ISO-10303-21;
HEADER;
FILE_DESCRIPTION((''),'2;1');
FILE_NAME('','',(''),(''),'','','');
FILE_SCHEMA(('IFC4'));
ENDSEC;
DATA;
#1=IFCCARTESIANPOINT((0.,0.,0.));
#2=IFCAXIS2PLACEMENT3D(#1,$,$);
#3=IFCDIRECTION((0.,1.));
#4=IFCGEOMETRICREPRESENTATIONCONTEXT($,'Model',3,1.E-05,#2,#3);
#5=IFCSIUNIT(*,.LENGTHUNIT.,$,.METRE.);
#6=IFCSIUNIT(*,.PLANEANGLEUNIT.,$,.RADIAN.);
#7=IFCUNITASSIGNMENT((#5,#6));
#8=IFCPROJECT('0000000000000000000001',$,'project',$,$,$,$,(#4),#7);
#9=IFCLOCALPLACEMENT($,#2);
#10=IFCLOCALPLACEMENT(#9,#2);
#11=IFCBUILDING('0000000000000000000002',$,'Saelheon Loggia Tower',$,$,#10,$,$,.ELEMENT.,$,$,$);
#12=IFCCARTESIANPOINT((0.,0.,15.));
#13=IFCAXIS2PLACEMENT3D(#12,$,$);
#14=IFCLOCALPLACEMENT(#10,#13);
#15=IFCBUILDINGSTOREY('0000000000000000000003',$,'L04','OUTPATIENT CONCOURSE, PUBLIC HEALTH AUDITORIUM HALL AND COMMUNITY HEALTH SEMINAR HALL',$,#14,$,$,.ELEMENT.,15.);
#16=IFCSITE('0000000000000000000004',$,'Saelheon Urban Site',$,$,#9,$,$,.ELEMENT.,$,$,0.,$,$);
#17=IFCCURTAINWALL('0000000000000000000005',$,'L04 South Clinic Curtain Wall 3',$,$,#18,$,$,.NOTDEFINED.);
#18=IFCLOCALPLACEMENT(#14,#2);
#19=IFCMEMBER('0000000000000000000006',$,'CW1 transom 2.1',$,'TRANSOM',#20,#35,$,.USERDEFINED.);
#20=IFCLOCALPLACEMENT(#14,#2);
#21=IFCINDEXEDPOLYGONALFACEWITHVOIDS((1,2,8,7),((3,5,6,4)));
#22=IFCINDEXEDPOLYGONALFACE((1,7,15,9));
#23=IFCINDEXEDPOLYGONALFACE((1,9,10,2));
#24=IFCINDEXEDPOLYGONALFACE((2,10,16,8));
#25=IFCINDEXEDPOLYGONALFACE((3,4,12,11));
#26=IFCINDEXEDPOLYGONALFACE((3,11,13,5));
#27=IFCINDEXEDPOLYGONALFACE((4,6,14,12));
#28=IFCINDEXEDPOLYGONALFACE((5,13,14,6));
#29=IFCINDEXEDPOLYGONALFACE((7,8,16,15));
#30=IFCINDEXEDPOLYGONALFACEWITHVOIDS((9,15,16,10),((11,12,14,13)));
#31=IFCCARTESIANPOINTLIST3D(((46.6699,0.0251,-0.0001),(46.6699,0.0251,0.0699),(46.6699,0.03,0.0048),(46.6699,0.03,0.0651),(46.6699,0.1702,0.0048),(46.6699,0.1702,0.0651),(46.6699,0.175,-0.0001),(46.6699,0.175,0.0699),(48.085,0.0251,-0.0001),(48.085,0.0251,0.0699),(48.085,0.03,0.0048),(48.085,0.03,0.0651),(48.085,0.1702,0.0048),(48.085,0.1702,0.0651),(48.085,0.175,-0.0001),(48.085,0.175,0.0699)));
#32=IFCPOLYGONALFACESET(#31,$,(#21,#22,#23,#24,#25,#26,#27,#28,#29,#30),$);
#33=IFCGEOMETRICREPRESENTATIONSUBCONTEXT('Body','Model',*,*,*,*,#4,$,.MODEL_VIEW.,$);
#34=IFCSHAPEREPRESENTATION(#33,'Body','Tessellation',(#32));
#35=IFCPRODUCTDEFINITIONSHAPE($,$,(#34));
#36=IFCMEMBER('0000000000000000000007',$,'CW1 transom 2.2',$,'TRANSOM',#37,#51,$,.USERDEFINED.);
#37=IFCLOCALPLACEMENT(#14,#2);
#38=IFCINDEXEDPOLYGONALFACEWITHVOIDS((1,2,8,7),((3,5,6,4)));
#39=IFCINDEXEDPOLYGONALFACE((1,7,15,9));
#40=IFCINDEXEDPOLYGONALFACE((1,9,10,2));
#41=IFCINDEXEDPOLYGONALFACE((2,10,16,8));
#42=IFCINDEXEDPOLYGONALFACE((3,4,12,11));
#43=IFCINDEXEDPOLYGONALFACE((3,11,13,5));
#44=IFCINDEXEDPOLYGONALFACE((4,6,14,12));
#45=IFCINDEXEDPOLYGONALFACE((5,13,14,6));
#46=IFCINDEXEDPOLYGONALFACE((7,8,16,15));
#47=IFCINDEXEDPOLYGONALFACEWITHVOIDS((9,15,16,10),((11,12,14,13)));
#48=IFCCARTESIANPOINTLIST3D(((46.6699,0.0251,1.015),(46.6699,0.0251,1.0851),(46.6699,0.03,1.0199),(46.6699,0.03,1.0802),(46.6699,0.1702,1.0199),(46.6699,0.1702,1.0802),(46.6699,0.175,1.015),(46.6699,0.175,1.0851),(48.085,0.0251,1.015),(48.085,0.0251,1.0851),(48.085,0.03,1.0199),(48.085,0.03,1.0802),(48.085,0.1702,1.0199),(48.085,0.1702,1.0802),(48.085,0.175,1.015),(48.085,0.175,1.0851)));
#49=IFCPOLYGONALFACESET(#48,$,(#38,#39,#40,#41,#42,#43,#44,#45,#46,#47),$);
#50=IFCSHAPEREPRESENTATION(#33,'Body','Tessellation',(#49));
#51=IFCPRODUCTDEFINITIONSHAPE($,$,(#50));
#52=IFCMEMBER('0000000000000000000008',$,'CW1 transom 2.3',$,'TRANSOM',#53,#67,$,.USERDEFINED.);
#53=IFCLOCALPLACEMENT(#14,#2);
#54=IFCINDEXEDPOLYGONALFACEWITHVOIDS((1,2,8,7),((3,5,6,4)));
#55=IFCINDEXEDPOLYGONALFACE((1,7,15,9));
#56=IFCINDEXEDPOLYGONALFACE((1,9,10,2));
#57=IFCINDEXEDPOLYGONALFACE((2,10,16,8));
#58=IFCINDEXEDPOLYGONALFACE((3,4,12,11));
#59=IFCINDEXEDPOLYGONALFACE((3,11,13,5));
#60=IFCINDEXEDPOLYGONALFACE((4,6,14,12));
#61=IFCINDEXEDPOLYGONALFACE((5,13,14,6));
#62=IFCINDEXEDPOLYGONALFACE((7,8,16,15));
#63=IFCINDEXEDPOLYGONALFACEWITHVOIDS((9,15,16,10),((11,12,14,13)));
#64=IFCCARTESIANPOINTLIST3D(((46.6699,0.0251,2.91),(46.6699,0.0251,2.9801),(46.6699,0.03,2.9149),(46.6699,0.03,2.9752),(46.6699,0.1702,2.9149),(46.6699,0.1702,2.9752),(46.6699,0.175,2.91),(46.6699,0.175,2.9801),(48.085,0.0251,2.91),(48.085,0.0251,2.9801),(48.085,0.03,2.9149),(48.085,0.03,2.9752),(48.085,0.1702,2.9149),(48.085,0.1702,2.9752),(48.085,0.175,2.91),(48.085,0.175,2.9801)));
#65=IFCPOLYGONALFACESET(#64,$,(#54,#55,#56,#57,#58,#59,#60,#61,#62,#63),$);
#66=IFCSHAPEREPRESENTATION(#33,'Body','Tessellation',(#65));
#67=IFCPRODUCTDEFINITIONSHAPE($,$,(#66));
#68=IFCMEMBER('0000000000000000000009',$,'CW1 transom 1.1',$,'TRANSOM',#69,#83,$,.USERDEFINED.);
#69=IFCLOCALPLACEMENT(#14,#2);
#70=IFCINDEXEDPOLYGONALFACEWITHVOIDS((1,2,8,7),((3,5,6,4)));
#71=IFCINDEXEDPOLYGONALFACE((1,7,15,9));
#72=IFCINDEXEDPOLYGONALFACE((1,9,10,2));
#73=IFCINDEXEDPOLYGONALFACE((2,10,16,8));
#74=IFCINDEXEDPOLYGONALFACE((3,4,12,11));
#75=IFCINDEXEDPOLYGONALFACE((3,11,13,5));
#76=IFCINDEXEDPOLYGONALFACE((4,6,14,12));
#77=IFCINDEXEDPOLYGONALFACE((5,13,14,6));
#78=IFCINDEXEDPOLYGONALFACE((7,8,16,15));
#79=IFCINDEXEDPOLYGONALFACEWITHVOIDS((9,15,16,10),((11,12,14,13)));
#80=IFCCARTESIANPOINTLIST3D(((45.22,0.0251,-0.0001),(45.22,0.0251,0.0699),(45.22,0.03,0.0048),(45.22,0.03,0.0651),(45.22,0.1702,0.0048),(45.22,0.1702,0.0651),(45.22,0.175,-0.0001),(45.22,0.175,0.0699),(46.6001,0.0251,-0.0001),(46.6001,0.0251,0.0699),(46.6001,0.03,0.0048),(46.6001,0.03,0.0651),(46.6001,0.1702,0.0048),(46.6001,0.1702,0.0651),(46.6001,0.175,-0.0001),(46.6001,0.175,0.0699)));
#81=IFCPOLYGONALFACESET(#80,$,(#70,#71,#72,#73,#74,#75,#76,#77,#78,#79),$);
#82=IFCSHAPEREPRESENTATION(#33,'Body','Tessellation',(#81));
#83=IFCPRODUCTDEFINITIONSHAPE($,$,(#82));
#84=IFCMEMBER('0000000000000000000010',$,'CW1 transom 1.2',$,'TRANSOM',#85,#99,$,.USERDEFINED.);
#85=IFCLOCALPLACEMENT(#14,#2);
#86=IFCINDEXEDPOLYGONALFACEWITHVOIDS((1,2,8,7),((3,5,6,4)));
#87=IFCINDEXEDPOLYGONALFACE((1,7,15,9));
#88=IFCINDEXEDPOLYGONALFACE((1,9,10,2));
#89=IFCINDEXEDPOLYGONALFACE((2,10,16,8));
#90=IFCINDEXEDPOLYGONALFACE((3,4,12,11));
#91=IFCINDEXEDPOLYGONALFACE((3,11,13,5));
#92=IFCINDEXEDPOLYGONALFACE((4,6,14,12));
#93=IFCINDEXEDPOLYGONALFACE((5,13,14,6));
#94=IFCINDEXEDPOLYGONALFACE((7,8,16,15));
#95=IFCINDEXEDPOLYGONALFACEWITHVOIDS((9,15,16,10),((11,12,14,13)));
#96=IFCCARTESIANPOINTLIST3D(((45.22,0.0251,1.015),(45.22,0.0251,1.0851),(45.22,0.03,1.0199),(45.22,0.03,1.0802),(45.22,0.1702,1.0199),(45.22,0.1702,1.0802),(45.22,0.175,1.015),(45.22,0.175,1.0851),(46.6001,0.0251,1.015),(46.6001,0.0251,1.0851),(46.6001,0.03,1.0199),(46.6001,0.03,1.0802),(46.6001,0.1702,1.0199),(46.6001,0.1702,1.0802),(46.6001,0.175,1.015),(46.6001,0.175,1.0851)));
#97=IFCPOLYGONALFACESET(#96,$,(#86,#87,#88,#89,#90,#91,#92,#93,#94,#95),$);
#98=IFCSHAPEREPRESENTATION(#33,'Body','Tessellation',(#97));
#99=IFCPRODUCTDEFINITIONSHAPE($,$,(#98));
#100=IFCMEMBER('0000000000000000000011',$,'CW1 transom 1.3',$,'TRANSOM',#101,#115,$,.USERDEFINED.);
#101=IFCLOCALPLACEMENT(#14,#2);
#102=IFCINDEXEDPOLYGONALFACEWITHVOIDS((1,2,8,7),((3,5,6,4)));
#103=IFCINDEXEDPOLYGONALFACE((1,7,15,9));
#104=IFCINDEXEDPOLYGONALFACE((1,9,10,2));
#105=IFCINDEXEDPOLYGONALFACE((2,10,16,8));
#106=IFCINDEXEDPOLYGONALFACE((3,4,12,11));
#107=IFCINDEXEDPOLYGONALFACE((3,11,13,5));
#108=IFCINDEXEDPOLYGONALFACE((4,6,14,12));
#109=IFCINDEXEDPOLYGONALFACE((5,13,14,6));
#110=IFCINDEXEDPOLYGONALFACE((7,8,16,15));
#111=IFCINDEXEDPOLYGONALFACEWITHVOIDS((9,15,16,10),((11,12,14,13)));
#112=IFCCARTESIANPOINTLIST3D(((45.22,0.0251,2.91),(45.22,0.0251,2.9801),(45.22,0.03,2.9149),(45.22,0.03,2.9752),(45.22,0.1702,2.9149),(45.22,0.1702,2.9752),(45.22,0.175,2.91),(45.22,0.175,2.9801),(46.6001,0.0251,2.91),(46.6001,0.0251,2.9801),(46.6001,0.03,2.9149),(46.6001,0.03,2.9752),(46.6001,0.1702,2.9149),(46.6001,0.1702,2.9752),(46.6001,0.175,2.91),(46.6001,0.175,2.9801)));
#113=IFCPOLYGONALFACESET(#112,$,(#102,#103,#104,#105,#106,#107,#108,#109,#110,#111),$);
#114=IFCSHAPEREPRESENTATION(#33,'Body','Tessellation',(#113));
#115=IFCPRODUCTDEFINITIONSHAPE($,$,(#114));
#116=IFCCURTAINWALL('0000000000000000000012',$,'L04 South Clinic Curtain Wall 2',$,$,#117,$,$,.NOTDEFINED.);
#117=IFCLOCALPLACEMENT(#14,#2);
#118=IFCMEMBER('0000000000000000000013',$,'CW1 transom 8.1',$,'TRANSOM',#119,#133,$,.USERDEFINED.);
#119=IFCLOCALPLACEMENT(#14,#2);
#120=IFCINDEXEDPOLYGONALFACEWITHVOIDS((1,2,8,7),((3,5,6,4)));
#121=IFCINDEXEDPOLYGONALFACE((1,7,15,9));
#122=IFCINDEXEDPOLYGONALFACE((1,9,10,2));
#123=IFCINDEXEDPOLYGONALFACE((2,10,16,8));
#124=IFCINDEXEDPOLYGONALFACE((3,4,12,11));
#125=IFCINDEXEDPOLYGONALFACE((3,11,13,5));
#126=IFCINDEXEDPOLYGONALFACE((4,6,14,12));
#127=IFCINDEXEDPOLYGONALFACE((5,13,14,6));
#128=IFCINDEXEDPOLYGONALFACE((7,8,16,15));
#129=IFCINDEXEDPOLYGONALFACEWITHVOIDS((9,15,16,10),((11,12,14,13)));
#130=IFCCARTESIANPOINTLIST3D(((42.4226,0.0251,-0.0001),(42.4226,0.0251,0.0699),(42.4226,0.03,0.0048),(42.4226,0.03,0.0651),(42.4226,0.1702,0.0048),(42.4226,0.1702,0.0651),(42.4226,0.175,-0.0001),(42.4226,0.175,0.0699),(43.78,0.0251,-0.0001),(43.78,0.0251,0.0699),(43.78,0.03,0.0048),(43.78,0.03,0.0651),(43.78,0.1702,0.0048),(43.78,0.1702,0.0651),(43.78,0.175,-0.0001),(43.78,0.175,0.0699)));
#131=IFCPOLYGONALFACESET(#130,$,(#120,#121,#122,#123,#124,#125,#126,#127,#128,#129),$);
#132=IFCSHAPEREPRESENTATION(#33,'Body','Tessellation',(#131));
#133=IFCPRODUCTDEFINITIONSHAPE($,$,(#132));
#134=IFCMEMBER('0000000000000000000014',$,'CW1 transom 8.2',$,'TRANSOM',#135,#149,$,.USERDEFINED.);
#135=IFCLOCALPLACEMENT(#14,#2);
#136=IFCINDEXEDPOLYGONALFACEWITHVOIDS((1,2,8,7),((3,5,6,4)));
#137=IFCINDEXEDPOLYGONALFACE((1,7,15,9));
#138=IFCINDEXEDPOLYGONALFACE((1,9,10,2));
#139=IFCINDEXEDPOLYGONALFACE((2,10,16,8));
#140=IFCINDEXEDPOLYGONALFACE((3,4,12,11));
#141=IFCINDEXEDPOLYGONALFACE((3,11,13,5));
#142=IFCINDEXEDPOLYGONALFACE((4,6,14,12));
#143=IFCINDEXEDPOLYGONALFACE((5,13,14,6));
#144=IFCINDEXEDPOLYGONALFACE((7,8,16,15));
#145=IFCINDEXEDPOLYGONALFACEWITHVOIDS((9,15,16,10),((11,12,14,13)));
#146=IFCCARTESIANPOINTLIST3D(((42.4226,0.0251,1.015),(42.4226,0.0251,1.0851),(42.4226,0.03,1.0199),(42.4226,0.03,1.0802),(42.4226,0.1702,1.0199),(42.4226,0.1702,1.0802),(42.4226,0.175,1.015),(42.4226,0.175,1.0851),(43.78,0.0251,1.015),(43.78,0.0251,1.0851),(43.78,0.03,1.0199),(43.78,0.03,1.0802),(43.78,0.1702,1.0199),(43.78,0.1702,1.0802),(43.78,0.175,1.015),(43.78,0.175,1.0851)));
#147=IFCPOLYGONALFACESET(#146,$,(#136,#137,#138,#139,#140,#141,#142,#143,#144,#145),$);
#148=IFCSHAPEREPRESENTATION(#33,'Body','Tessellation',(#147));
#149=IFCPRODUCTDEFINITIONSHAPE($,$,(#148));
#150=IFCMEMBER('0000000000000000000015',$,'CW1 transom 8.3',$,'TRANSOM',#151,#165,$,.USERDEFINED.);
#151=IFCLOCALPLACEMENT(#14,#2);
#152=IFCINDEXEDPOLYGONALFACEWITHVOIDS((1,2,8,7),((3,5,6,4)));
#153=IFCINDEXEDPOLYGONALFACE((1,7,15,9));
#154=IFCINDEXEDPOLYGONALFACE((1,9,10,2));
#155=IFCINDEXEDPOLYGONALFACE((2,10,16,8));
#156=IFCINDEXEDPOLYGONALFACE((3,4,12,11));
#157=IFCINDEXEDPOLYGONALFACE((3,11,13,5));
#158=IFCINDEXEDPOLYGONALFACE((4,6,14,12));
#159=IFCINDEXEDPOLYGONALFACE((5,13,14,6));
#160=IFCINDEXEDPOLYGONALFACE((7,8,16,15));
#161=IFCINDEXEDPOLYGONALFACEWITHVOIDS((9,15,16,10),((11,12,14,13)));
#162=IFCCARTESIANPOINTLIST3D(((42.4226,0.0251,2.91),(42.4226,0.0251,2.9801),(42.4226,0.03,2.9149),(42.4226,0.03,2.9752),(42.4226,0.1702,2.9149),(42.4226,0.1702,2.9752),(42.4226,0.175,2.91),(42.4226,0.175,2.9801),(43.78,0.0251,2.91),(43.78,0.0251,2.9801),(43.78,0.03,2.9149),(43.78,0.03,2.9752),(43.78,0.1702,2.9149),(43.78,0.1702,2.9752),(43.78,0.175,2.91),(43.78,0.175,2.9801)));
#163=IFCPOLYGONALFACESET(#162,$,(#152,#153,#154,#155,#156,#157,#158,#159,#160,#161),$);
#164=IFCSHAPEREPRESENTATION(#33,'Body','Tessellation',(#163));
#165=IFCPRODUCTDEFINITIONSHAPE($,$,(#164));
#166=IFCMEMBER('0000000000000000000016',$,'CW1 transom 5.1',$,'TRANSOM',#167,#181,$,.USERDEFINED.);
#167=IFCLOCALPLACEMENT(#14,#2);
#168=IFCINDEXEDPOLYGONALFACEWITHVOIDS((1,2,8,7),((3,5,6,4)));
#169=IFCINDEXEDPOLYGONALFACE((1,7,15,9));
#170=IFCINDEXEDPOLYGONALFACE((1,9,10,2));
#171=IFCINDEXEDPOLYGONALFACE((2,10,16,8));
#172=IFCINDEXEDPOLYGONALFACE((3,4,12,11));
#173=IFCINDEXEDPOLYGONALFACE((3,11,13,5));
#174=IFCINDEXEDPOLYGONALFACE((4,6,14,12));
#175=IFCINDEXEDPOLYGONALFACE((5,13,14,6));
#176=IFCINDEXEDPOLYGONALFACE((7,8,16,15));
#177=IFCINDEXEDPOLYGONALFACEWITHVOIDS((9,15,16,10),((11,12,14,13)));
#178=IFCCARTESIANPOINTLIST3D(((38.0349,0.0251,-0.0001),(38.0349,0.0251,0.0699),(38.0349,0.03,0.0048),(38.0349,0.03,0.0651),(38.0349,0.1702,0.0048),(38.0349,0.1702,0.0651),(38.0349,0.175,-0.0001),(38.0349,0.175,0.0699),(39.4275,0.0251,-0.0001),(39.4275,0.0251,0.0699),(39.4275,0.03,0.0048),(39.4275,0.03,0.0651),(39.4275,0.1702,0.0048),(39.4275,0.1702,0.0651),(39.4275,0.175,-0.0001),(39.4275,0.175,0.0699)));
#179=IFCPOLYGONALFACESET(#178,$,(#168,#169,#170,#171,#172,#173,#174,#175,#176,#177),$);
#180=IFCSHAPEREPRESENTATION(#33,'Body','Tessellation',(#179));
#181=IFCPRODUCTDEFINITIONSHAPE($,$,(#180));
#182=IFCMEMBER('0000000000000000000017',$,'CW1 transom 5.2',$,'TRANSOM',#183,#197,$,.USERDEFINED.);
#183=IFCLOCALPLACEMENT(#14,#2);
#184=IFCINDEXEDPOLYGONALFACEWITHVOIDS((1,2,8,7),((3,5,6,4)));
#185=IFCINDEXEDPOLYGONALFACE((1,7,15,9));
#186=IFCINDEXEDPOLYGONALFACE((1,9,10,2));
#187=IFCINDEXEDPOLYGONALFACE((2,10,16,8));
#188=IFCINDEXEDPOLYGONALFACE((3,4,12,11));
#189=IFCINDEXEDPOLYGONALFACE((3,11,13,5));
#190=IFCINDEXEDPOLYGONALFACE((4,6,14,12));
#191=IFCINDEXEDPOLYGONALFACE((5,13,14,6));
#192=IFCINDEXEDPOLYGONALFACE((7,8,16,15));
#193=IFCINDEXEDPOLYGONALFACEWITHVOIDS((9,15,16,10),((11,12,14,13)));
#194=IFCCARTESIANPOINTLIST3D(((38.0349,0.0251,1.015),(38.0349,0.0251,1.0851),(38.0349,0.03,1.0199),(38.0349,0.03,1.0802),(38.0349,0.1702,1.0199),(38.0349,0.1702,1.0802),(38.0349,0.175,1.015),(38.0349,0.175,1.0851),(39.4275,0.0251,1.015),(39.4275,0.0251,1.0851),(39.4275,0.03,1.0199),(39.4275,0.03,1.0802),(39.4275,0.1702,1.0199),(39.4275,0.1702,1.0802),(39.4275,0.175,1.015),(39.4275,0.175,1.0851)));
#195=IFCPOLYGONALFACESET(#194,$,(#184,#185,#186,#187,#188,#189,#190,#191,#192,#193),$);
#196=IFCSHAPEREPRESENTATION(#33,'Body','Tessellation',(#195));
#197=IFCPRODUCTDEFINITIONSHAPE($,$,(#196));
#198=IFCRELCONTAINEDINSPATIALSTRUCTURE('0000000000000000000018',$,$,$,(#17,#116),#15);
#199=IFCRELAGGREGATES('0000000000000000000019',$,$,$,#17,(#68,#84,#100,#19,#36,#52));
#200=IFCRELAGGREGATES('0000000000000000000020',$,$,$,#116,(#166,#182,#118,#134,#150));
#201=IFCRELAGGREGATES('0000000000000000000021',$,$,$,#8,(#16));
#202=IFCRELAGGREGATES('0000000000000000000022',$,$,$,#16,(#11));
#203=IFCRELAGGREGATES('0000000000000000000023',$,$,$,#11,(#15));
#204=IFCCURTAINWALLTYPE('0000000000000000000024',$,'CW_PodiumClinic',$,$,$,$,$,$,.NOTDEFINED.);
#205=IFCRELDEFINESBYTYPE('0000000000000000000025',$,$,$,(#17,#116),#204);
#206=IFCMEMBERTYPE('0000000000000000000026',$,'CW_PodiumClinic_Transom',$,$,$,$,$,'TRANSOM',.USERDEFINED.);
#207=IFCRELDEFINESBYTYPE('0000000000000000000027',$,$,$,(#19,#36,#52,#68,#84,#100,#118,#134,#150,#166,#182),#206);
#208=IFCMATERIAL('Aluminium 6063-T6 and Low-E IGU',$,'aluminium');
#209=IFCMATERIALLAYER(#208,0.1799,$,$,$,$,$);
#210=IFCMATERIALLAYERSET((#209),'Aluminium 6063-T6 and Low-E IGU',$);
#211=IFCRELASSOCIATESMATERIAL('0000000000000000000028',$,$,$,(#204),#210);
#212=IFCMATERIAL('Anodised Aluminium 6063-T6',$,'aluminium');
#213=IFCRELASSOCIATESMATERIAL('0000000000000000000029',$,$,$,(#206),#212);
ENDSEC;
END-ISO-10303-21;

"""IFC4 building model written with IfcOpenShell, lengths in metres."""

from ifc_helpers import new_model, si_unit, direction, frame, origin, origin_2d, place, context, subcontext, project, spatial, hollow_rectangle, extrude, source, transform, mapped, material, layer, layer_set, material_profile, profile_set, type_object, element, aggregate, save


model = new_model("IFC4")

# Units and contexts
model_context = context("Model", 3, precision=1e-05, world=origin(), true_north=direction((0.0, 1.0)))
body_context = subcontext(model_context, "Body", "Model", "MODEL_VIEW")
ifc_project = project(units=[si_unit("LENGTHUNIT", "METRE"), si_unit("PLANEANGLEUNIT", "RADIAN")], contexts=[model_context])

# Site, building, storey
site_placement = place(None, origin())
site = spatial("IfcSite", under=ifc_project, at=site_placement, Name="Saelheon Urban Site", CompositionType="ELEMENT", RefElevation=0.0)
building_placement = place(site_placement, origin())
building = spatial("IfcBuilding", under=site, at=building_placement, Name="Saelheon Loggia Tower", CompositionType="ELEMENT")
storey_placement = place(building_placement, frame((0.0, 0.0, 15.0)))
storey = spatial("IfcBuildingStorey", under=building, at=storey_placement, Name="L04", Description="OUTPATIENT CONCOURSE, PUBLIC HEALTH AUDITORIUM HALL AND COMMUNITY HEALTH SEMINAR HALL", CompositionType="ELEMENT", Elevation=15.0)

# Curtain walls, members
ifc_material_1 = material(Name="Aluminium 6063-T6 and Low-E IGU", Category="aluminium")
ifc_layer_1 = layer(ifc_material_1, 0.1799)
ifc_layer_set_1 = layer_set([ifc_layer_1], Name="Aluminium 6063-T6 and Low-E IGU")
curtain_wall_type = type_object("IfcCurtainWallType", Name="CW_PodiumClinic", PredefinedType="NOTDEFINED", material=ifc_layer_set_1)
curtain_wall_1_placement = place(storey_placement, origin())
curtain_wall_1 = element("IfcCurtainWall", 1, at=curtain_wall_1_placement, inside=storey, type_object=curtain_wall_type, Name="L04 South Clinic Curtain Wall 3", PredefinedType="NOTDEFINED")
ifc_material_2 = material(Name="Anodised Aluminium 6063-T6", Category="aluminium")
ifc_material_profile_1 = material_profile(ifc_material_2, hollow_rectangle(XDim=0.0701, YDim=0.1499, WallThickness=0.0049, at=origin_2d()), Name="RHS-150x70x5")
ifc_profile_set_1 = profile_set([ifc_material_profile_1], Name="Anodised Aluminium 6063-T6")
member_type_1 = type_object("IfcMemberType", Name="CW_PodiumClinic_Transom", ElementType="TRANSOM", PredefinedType="USERDEFINED", material=ifc_profile_set_1)
shared_shape_1 = source(origin(), body_context, "Body", "SweptSolid", [
    extrude(hollow_rectangle(XDim=0.0701, YDim=0.1499, WallThickness=0.0049, at=origin_2d()), origin(), (0.0, 0.0, 1.0), 1.415),
])
member_1_placement = place(storey_placement, frame((46.6699, 0.1001, 0.0349), z_axis=(1.0, 0.0, 0.0), x_axis=(0.0, 0.0, 1.0)))
member_1 = element("IfcMember", 2, at=member_1_placement, type_object=member_type_1, Name="CW1 transom 2.1", ObjectType="TRANSOM", PredefinedType="USERDEFINED", context=body_context, shape_type="MappedRepresentation", body=[
    mapped(shared_shape_1, transform((0.0, 0.0, 0.0), scale=1.0)),
])
member_2_placement = place(storey_placement, frame((46.6699, 0.1001, 1.05), z_axis=(1.0, 0.0, 0.0), x_axis=(0.0, 0.0, 1.0)))
member_2 = element("IfcMember", 3, at=member_2_placement, type_object=member_type_1, Name="CW1 transom 2.2", ObjectType="TRANSOM", PredefinedType="USERDEFINED", context=body_context, shape_type="MappedRepresentation", body=[
    mapped(shared_shape_1, transform((0.0, 0.0, 0.0), scale=1.0)),
])
member_3_placement = place(storey_placement, frame((46.6699, 0.1001, 2.9451), z_axis=(1.0, 0.0, 0.0), x_axis=(0.0, 0.0, 1.0)))
member_3 = element("IfcMember", 4, at=member_3_placement, type_object=member_type_1, Name="CW1 transom 2.3", ObjectType="TRANSOM", PredefinedType="USERDEFINED", context=body_context, shape_type="MappedRepresentation", body=[
    mapped(shared_shape_1, transform((0.0, 0.0, 0.0), scale=1.0)),
])
shared_shape_2 = source(origin(), body_context, "Body", "SweptSolid", [
    extrude(hollow_rectangle(XDim=0.0701, YDim=0.1499, WallThickness=0.0049, at=origin_2d()), origin(), (0.0, 0.0, 1.0), 1.3801),
])
member_4_placement = place(storey_placement, frame((45.22, 0.1001, 0.0349), z_axis=(1.0, 0.0, 0.0), x_axis=(0.0, 0.0, 1.0)))
member_4 = element("IfcMember", 5, at=member_4_placement, type_object=member_type_1, Name="CW1 transom 1.1", ObjectType="TRANSOM", PredefinedType="USERDEFINED", context=body_context, shape_type="MappedRepresentation", body=[
    mapped(shared_shape_2, transform((0.0, 0.0, 0.0), scale=1.0)),
])
member_5_placement = place(storey_placement, frame((45.22, 0.1001, 1.05), z_axis=(1.0, 0.0, 0.0), x_axis=(0.0, 0.0, 1.0)))
member_5 = element("IfcMember", 6, at=member_5_placement, type_object=member_type_1, Name="CW1 transom 1.2", ObjectType="TRANSOM", PredefinedType="USERDEFINED", context=body_context, shape_type="MappedRepresentation", body=[
    mapped(shared_shape_2, transform((0.0, 0.0, 0.0), scale=1.0)),
])
member_6_placement = place(storey_placement, frame((45.22, 0.1001, 2.9451), z_axis=(1.0, 0.0, 0.0), x_axis=(0.0, 0.0, 1.0)))
member_6 = element("IfcMember", 7, at=member_6_placement, type_object=member_type_1, Name="CW1 transom 1.3", ObjectType="TRANSOM", PredefinedType="USERDEFINED", context=body_context, shape_type="MappedRepresentation", body=[
    mapped(shared_shape_2, transform((0.0, 0.0, 0.0), scale=1.0)),
])
curtain_wall_2_placement = place(storey_placement, origin())
curtain_wall_2 = element("IfcCurtainWall", 8, at=curtain_wall_2_placement, inside=storey, type_object=curtain_wall_type, Name="L04 South Clinic Curtain Wall 2", PredefinedType="NOTDEFINED")
shared_shape_3 = source(origin(), body_context, "Body", "SweptSolid", [
    extrude(hollow_rectangle(XDim=0.0701, YDim=0.1499, WallThickness=0.0049, at=origin_2d()), origin(), (0.0, 0.0, 1.0), 1.3574),
])
member_7_placement = place(storey_placement, frame((42.4226, 0.1001, 0.0349), z_axis=(1.0, 0.0, 0.0), x_axis=(0.0, 0.0, 1.0)))
member_7 = element("IfcMember", 9, at=member_7_placement, type_object=member_type_1, Name="CW1 transom 8.1", ObjectType="TRANSOM", PredefinedType="USERDEFINED", context=body_context, shape_type="MappedRepresentation", body=[
    mapped(shared_shape_3, transform((0.0, 0.0, 0.0), scale=1.0)),
])
member_8_placement = place(storey_placement, frame((42.4226, 0.1001, 1.05), z_axis=(1.0, 0.0, 0.0), x_axis=(0.0, 0.0, 1.0)))
member_8 = element("IfcMember", 10, at=member_8_placement, type_object=member_type_1, Name="CW1 transom 8.2", ObjectType="TRANSOM", PredefinedType="USERDEFINED", context=body_context, shape_type="MappedRepresentation", body=[
    mapped(shared_shape_3, transform((0.0, 0.0, 0.0), scale=1.0)),
])
member_9_placement = place(storey_placement, frame((42.4226, 0.1001, 2.9451), z_axis=(1.0, 0.0, 0.0), x_axis=(0.0, 0.0, 1.0)))
member_9 = element("IfcMember", 11, at=member_9_placement, type_object=member_type_1, Name="CW1 transom 8.3", ObjectType="TRANSOM", PredefinedType="USERDEFINED", context=body_context, shape_type="MappedRepresentation", body=[
    mapped(shared_shape_3, transform((0.0, 0.0, 0.0), scale=1.0)),
])
shared_shape_4 = source(origin(), body_context, "Body", "SweptSolid", [
    extrude(hollow_rectangle(XDim=0.0701, YDim=0.1499, WallThickness=0.0049, at=origin_2d()), origin(), (0.0, 0.0, 1.0), 1.3926),
])
member_10_placement = place(storey_placement, frame((38.0349, 0.1001, 0.0349), z_axis=(1.0, 0.0, 0.0), x_axis=(0.0, 0.0, 1.0)))
member_10 = element("IfcMember", 12, at=member_10_placement, type_object=member_type_1, Name="CW1 transom 5.1", ObjectType="TRANSOM", PredefinedType="USERDEFINED", context=body_context, shape_type="MappedRepresentation", body=[
    mapped(shared_shape_4, transform((0.0, 0.0, 0.0), scale=1.0)),
])
member_11_placement = place(storey_placement, frame((38.0349, 0.1001, 1.05), z_axis=(1.0, 0.0, 0.0), x_axis=(0.0, 0.0, 1.0)))
member_11 = element("IfcMember", 13, at=member_11_placement, type_object=member_type_1, Name="CW1 transom 5.2", ObjectType="TRANSOM", PredefinedType="USERDEFINED", context=body_context, shape_type="MappedRepresentation", body=[
    mapped(shared_shape_4, transform((0.0, 0.0, 0.0), scale=1.0)),
])

aggregate(curtain_wall_1, [member_4, member_5, member_6, member_1, member_2, member_3])
aggregate(curtain_wall_2, [member_10, member_11, member_7, member_8, member_9])

save(model, "model.ifc")
